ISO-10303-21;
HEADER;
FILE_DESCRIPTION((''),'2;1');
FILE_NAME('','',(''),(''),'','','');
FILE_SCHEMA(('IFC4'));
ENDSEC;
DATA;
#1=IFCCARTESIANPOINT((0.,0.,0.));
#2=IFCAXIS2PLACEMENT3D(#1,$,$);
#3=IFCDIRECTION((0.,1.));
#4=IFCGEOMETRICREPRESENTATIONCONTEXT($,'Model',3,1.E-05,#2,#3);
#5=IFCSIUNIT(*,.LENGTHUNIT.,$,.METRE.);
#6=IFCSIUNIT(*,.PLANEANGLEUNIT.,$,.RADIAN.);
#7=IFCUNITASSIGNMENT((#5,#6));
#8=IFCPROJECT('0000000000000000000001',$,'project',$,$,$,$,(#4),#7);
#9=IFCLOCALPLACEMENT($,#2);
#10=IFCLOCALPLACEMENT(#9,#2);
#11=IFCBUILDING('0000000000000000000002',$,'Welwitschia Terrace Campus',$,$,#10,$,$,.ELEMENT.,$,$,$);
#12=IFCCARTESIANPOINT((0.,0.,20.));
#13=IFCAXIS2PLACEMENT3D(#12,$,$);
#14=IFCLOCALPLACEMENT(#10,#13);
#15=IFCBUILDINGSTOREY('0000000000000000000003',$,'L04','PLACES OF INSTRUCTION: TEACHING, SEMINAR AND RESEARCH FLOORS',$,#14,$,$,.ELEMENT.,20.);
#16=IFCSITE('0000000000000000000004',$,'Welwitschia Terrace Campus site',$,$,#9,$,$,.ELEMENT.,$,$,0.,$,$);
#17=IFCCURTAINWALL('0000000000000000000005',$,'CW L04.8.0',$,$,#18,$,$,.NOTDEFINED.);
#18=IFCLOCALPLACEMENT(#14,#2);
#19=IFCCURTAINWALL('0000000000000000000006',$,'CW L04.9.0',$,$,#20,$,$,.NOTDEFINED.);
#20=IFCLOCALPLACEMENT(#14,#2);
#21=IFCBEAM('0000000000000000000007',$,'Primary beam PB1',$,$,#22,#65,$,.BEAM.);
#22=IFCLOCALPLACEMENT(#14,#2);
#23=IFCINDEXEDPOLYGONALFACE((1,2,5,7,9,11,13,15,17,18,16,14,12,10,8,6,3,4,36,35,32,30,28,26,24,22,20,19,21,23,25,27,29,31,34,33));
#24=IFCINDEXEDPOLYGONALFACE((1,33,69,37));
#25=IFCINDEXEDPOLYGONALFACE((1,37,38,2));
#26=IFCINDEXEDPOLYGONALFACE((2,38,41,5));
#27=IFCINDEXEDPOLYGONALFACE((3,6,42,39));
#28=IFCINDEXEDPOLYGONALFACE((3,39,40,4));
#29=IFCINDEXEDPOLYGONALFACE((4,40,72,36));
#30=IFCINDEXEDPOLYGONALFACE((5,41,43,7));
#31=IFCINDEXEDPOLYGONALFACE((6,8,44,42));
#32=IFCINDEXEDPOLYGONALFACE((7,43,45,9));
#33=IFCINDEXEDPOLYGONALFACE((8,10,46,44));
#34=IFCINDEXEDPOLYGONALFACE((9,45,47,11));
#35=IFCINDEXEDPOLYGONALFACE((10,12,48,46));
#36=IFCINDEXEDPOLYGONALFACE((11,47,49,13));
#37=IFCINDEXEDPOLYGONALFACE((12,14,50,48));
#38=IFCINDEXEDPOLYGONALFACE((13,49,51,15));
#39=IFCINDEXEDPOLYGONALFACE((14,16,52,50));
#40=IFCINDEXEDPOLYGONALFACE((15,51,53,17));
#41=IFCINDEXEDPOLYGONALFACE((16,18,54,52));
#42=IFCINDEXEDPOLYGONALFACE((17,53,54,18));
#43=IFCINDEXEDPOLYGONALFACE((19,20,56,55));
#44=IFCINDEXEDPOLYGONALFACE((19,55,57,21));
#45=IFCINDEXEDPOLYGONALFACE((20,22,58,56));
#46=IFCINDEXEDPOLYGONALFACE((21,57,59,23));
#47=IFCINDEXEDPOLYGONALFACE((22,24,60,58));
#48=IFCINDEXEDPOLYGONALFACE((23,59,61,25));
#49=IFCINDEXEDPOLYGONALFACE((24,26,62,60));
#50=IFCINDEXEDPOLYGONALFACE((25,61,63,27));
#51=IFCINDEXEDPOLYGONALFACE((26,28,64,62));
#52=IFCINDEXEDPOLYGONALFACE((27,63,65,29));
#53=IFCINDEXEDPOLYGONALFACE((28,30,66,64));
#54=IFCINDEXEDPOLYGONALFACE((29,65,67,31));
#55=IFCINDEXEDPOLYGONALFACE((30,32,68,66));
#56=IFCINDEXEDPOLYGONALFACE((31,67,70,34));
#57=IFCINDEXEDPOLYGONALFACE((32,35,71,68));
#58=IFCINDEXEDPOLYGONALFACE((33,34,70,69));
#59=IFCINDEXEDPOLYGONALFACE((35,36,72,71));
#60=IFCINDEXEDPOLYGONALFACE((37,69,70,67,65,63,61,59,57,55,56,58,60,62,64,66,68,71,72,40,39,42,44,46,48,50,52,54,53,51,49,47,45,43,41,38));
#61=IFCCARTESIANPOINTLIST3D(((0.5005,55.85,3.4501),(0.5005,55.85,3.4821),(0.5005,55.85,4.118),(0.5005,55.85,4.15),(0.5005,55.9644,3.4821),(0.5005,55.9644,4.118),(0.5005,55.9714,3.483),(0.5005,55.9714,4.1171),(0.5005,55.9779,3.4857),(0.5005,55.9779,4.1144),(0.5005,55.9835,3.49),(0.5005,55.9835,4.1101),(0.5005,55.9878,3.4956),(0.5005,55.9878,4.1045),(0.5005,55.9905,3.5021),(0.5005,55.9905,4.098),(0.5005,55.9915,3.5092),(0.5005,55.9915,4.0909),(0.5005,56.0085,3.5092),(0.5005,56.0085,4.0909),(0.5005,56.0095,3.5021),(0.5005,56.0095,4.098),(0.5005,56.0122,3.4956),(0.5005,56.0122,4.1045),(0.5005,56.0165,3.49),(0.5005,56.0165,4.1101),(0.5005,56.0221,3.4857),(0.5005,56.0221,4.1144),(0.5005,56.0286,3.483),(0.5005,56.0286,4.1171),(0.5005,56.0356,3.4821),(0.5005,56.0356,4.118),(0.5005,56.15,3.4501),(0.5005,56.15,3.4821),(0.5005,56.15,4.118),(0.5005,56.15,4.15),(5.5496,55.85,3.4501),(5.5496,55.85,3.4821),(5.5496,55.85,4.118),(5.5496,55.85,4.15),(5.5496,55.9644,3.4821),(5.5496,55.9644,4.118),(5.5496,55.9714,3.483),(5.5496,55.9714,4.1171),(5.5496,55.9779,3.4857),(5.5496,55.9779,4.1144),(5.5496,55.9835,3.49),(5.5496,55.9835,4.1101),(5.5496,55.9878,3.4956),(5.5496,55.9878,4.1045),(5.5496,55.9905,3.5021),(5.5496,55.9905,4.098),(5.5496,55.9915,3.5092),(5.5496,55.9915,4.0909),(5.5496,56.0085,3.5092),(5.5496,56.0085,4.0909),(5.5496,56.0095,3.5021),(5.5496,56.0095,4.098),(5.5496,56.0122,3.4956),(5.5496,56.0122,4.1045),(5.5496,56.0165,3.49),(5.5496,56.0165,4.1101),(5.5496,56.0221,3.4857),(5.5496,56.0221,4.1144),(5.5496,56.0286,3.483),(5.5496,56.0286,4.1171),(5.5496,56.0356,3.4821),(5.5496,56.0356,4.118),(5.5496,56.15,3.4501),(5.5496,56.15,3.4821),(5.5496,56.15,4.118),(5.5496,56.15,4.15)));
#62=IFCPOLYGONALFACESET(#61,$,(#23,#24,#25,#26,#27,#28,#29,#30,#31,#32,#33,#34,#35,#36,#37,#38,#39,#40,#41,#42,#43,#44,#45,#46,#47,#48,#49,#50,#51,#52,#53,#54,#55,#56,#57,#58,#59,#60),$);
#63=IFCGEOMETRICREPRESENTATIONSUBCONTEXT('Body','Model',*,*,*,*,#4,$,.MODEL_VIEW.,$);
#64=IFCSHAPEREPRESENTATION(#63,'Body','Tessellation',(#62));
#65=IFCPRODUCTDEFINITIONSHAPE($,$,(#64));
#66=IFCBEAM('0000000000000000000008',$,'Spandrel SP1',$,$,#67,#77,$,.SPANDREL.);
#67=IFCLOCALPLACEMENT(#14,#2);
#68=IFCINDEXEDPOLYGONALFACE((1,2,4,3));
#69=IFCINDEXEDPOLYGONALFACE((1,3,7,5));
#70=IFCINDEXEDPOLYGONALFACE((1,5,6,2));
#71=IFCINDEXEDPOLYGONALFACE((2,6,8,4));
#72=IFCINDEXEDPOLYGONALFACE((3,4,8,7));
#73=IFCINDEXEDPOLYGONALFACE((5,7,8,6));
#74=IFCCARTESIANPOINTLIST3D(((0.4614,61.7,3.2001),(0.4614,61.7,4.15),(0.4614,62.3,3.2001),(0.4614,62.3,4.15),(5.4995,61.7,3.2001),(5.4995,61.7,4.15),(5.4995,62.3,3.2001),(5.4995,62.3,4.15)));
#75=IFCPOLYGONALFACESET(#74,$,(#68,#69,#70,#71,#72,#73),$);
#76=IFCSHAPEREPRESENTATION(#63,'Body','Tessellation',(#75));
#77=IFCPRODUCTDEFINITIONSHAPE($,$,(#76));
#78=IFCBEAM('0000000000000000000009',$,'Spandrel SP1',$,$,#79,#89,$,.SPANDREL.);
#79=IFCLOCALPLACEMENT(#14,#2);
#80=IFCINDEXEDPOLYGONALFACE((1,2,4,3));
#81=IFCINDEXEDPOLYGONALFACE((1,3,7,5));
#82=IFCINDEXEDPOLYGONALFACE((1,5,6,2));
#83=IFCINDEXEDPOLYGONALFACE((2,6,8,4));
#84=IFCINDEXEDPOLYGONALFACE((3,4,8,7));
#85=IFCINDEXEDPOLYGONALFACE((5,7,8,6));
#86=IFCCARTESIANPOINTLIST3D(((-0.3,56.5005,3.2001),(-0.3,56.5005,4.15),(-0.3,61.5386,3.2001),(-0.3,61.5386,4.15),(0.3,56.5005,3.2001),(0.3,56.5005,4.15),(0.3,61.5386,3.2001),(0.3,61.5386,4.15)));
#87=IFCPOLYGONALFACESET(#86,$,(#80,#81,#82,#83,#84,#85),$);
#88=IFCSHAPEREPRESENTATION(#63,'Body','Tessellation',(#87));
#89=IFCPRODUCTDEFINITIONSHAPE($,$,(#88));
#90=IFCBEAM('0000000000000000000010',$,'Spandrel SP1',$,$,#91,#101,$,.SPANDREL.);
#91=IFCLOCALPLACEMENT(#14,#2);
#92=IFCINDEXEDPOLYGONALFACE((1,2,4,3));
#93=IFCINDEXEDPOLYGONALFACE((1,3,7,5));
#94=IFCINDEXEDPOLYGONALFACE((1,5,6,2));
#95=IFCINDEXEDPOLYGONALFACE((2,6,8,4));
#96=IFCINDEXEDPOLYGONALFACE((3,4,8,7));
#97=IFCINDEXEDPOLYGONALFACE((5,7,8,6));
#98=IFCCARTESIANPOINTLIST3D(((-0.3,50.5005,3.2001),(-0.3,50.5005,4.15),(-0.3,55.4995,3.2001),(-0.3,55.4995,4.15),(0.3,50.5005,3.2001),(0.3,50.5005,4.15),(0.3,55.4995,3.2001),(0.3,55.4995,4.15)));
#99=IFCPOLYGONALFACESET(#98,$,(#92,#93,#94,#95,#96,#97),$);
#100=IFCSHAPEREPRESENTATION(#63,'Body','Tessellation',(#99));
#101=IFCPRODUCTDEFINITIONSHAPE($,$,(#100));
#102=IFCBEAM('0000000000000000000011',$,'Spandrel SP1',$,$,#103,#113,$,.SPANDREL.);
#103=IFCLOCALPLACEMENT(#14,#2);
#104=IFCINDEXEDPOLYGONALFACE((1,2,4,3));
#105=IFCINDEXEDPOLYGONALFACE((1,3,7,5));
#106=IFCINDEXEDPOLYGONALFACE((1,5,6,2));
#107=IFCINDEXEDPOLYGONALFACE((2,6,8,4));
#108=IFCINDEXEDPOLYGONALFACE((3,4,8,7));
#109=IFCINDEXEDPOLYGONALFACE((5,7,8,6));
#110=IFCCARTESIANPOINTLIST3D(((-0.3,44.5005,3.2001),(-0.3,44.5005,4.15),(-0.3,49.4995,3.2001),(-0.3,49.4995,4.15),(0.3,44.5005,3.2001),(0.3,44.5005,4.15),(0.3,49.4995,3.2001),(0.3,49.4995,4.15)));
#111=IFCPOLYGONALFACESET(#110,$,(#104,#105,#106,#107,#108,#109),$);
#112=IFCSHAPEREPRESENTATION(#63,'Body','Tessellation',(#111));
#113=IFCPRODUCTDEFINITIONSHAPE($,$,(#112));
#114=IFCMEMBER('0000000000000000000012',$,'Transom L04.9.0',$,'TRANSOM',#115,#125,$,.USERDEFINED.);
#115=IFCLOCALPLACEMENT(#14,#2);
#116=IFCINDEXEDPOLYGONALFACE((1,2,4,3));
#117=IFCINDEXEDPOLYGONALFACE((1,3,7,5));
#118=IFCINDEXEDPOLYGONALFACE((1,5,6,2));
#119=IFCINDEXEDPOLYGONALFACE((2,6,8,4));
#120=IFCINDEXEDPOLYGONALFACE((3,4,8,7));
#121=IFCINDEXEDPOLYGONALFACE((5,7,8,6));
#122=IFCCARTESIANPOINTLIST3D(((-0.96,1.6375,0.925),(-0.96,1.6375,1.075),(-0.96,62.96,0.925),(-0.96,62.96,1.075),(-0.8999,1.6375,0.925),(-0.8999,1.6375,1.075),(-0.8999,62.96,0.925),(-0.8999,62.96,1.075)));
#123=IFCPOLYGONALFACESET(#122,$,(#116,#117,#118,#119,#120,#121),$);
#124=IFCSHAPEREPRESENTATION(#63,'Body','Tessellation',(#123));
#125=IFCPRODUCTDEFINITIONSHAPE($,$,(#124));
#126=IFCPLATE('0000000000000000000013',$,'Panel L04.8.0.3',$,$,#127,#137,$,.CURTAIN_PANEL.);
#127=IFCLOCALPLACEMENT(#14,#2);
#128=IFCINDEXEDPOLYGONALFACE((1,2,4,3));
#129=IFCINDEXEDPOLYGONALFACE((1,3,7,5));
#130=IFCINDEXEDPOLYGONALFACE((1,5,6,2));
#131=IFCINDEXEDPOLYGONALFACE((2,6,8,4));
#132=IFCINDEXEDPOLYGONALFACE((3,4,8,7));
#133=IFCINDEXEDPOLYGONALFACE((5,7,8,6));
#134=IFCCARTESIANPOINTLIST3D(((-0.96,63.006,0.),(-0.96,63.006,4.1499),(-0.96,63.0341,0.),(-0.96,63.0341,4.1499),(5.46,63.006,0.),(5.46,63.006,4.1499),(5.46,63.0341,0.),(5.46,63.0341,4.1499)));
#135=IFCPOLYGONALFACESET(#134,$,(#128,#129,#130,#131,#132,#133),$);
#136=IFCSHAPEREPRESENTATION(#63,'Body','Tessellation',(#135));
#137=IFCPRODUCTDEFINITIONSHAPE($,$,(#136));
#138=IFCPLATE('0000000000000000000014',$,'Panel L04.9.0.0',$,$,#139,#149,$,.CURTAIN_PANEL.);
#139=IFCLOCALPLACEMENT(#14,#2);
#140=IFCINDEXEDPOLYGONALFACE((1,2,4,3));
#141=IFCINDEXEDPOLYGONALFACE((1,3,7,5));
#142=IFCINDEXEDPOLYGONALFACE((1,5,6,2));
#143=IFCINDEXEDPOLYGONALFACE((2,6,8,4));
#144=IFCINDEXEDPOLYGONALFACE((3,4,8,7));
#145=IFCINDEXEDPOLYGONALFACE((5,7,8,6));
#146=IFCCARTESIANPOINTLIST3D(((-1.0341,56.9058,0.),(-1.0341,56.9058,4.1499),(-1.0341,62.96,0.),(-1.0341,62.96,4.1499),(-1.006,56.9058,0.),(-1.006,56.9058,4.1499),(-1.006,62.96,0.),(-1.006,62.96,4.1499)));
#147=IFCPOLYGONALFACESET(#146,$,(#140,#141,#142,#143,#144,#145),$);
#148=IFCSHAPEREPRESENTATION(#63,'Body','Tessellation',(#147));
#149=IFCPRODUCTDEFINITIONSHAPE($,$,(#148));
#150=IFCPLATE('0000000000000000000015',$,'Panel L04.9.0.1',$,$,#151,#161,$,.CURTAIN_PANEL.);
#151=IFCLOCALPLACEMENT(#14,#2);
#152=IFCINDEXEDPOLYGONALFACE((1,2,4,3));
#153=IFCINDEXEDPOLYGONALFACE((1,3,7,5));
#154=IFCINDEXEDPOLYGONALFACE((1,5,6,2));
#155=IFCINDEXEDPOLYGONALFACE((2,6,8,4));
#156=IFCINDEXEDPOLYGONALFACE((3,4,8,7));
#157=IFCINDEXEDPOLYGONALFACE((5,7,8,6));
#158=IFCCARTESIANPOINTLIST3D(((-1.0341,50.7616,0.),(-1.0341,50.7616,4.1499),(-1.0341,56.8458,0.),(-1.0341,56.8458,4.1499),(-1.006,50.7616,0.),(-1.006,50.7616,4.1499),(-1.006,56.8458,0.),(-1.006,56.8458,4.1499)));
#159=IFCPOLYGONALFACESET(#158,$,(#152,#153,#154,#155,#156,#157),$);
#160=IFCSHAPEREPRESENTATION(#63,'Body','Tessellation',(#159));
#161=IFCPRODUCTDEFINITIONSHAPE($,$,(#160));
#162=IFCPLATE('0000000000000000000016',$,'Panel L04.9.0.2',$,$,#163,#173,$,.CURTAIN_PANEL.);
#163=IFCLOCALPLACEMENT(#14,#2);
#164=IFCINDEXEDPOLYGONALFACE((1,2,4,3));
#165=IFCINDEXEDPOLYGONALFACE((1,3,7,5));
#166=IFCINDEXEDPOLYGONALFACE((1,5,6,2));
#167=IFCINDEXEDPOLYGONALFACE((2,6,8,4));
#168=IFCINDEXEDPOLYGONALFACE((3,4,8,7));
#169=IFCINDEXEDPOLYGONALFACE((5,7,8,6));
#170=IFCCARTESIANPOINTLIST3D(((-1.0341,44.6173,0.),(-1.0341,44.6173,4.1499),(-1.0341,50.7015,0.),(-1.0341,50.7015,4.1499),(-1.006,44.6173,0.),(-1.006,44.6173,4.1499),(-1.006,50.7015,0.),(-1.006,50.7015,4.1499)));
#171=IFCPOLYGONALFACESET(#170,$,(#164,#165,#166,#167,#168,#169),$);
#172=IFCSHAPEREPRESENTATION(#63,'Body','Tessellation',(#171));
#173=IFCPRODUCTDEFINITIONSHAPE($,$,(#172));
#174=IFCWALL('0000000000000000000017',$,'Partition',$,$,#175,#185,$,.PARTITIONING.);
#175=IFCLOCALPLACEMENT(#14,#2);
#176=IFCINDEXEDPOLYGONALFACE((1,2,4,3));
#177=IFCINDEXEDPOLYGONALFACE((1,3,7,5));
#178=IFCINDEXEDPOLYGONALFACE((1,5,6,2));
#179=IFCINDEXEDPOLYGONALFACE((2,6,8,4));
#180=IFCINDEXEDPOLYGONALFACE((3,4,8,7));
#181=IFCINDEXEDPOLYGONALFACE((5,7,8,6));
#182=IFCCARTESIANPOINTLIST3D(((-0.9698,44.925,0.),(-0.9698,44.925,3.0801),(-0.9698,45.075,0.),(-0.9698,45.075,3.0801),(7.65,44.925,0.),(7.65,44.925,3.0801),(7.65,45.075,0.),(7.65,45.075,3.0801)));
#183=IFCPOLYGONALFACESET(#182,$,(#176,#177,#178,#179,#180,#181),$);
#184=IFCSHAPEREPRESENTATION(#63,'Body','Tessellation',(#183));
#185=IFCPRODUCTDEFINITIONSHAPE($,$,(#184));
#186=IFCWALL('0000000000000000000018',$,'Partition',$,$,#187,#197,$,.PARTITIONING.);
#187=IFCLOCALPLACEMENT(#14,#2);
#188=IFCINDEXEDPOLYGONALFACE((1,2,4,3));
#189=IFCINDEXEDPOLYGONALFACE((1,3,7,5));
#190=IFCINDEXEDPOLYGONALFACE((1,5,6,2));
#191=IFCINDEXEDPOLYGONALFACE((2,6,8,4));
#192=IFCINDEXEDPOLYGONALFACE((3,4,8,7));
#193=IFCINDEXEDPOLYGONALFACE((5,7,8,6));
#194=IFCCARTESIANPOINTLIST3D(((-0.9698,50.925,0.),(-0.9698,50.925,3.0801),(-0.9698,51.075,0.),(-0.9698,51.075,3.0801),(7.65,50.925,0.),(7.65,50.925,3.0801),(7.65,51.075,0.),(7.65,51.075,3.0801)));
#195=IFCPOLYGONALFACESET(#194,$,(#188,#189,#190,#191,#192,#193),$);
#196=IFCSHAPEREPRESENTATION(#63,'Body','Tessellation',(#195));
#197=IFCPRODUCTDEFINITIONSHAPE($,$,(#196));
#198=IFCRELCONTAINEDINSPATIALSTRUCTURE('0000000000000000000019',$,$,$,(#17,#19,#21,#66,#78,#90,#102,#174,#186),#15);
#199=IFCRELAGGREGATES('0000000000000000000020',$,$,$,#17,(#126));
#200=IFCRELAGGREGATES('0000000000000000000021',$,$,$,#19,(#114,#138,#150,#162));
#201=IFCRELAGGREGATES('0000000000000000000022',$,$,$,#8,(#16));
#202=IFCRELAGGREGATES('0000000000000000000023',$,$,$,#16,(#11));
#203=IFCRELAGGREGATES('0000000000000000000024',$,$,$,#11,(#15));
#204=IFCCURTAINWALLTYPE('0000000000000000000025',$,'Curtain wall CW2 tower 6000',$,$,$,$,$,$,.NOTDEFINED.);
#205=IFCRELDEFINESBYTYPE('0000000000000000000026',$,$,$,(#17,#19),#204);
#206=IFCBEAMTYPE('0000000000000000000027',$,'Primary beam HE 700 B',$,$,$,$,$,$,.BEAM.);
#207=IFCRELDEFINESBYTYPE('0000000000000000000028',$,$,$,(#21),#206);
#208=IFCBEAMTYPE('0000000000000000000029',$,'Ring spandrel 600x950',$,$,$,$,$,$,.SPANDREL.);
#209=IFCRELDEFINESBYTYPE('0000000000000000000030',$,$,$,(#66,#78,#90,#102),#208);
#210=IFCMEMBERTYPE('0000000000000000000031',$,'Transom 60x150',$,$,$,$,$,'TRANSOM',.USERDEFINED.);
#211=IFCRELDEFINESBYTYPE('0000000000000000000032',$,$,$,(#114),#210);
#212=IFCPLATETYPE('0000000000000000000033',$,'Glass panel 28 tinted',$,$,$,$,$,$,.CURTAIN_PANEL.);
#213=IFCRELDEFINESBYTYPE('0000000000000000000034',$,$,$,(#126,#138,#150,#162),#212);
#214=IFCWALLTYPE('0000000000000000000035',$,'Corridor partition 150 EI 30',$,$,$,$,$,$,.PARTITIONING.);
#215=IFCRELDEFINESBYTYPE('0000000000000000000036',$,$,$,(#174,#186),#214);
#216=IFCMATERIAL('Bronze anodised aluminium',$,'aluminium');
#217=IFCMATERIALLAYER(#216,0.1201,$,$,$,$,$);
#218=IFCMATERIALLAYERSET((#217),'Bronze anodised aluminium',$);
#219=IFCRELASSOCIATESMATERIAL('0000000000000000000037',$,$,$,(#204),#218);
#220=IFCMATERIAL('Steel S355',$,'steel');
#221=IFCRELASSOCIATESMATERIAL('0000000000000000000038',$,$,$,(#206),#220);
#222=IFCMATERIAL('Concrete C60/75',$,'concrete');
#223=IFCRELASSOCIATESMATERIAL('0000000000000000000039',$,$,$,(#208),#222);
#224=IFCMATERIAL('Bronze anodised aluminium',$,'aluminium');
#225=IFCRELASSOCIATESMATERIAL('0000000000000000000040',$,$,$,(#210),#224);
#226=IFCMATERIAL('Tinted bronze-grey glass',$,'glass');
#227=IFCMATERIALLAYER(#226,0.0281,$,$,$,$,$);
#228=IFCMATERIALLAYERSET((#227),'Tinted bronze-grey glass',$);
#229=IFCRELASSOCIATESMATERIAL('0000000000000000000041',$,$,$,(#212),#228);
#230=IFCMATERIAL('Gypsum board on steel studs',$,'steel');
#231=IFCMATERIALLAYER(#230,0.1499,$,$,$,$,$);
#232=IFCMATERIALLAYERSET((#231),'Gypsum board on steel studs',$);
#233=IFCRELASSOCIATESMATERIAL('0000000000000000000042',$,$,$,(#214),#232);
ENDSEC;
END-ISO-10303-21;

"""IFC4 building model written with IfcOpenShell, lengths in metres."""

from ifc_helpers import new_model, si_unit, direction, frame, frame_2d, origin, origin_2d, place, context, subcontext, project, spatial, rectangle, i_section, extrude, material, layer, layer_set, material_profile, profile_set, type_object, element, aggregate, save


model = new_model("IFC4")

# Units and contexts
model_context = context("Model", 3, precision=1e-05, world=origin(), true_north=direction((0.0, 1.0)))
body_context = subcontext(model_context, "Body", "Model", "MODEL_VIEW")
ifc_project = project(units=[si_unit("LENGTHUNIT", "METRE"), si_unit("PLANEANGLEUNIT", "RADIAN")], contexts=[model_context])

# Site, building, storey
site_placement = place(None, origin())
site = spatial("IfcSite", under=ifc_project, at=site_placement, Name="Welwitschia Terrace Campus site", CompositionType="ELEMENT", RefElevation=0.0)
building_placement = place(site_placement, origin())
building = spatial("IfcBuilding", under=site, at=building_placement, Name="Welwitschia Terrace Campus", CompositionType="ELEMENT")
storey_placement = place(building_placement, frame((0.0, 0.0, 20.0)))
storey = spatial("IfcBuildingStorey", under=building, at=storey_placement, Name="L04", Description="PLACES OF INSTRUCTION: TEACHING, SEMINAR AND RESEARCH FLOORS", CompositionType="ELEMENT", Elevation=20.0)

# Curtain walls
ifc_material_1 = material(Name="Bronze anodised aluminium", Category="aluminium")
ifc_layer_1 = layer(ifc_material_1, 0.1201)
ifc_layer_set_1 = layer_set([ifc_layer_1], Name="Bronze anodised aluminium")
curtain_wall_type = type_object("IfcCurtainWallType", Name="Curtain wall CW2 tower 6000", PredefinedType="NOTDEFINED", material=ifc_layer_set_1)
curtain_wall_1_placement = place(storey_placement, origin())
curtain_wall_1 = element("IfcCurtainWall", 1, at=curtain_wall_1_placement, inside=storey, type_object=curtain_wall_type, Name="CW L04.8.0", PredefinedType="NOTDEFINED")
curtain_wall_2_placement = place(storey_placement, origin())
curtain_wall_2 = element("IfcCurtainWall", 2, at=curtain_wall_2_placement, inside=storey, type_object=curtain_wall_type, Name="CW L04.9.0", PredefinedType="NOTDEFINED")

# Beams
ifc_material_2 = material(Name="Steel S355", Category="steel")
ifc_material_profile_1 = material_profile(ifc_material_2, i_section(OverallWidth=0.3, OverallDepth=0.7, WebThickness=0.0171, FlangeThickness=0.032, FilletRadius=0.0271, at=origin_2d()))
ifc_profile_set_1 = profile_set([ifc_material_profile_1], Name="Steel S355")
beam_type_1 = type_object("IfcBeamType", Name="Primary beam HE 700 B", PredefinedType="BEAM", material=ifc_profile_set_1)
beam_placement = place(storey_placement, frame((0.5005, 56.0, 3.8), z_axis=(1.0, 0.0, 0.0), x_axis=(0.0, 1.0, 0.0)))
element("IfcBeam", 3, at=beam_placement, inside=storey, type_object=beam_type_1, Name="Primary beam PB1", PredefinedType="BEAM", context=body_context, shape_type="SweptSolid", body=[
    extrude(i_section(OverallWidth=0.3, OverallDepth=0.7, WebThickness=0.0171, FlangeThickness=0.032, FilletRadius=0.0271, at=origin_2d()), origin(), (0.0, 0.0, 1.0), 5.0491),
])
ifc_material_3 = material(Name="Concrete C60/75", Category="concrete")
ifc_material_profile_2 = material_profile(ifc_material_3, rectangle(XDim=0.6001, YDim=0.95, at=origin_2d()))
ifc_profile_set_2 = profile_set([ifc_material_profile_2], Name="Concrete C60/75")
beam_type_2 = type_object("IfcBeamType", Name="Ring spandrel 600x950", PredefinedType="SPANDREL", material=ifc_profile_set_2)
for number, where, z_axis, x_axis, name in (
    (4, (5.4995, 62.0, 3.675), (-1.0, 0.0, 0.0), (0.0, -1.0, 0.0), "Spandrel SP1"),
    (5, (0.0, 61.5386, 3.675), (0.0, -1.0, 0.0), (1.0, 0.0, 0.0), "Spandrel SP1"),
):
    element("IfcBeam", number, at=place(storey_placement, frame(where, z_axis=z_axis, x_axis=x_axis)), inside=storey, type_object=beam_type_2, Name=name, PredefinedType="SPANDREL", context=body_context, shape_type="SweptSolid", body=[
        extrude(rectangle(XDim=0.6001, YDim=0.95, at=origin_2d()), origin(), (0.0, 0.0, 1.0), 5.0381),
    ])
for number, where, z_axis, x_axis, name in (
    (6, (0.0, 55.4995, 3.675), (0.0, -1.0, 0.0), (1.0, 0.0, 0.0), "Spandrel SP1"),
    (7, (0.0, 49.4995, 3.675), (0.0, -1.0, 0.0), (1.0, 0.0, 0.0), "Spandrel SP1"),
):
    element("IfcBeam", number, at=place(storey_placement, frame(where, z_axis=z_axis, x_axis=x_axis)), inside=storey, type_object=beam_type_2, Name=name, PredefinedType="SPANDREL", context=body_context, shape_type="SweptSolid", body=[
        extrude(rectangle(XDim=0.6001, YDim=0.95, at=origin_2d()), origin(), (0.0, 0.0, 1.0), 4.999),
    ])

# Member
ifc_material_4 = material(Name="Bronze anodised aluminium", Category="aluminium")
ifc_material_profile_3 = material_profile(ifc_material_4, rectangle(XDim=0.0601, YDim=0.1499, at=origin_2d()))
ifc_profile_set_3 = profile_set([ifc_material_profile_3], Name="Bronze anodised aluminium")
member_type_1 = type_object("IfcMemberType", Name="Transom 60x150", ElementType="TRANSOM", PredefinedType="USERDEFINED", material=ifc_profile_set_3)
member_1_placement = place(storey_placement, frame((-0.9299, 62.96, 1.0), z_axis=(0.0, -1.0, 0.0), x_axis=(1.0, 0.0, 0.0)))
member_1 = element("IfcMember", 8, at=member_1_placement, type_object=member_type_1, Name="Transom L04.9.0", ObjectType="TRANSOM", PredefinedType="USERDEFINED", context=body_context, shape_type="SweptSolid", body=[
    extrude(rectangle(XDim=0.0601, YDim=0.1499, at=origin_2d()), origin(), (0.0, 0.0, 1.0), 61.3225),
])

# Plates
ifc_material_5 = material(Name="Tinted bronze-grey glass", Category="glass")
ifc_layer_2 = layer(ifc_material_5, 0.0281)
ifc_layer_set_2 = layer_set([ifc_layer_2], Name="Tinted bronze-grey glass")
plate_type = type_object("IfcPlateType", Name="Glass panel 28 tinted", PredefinedType="CURTAIN_PANEL", material=ifc_layer_set_2)
plate_1_placement = place(storey_placement, frame((2.25, 63.02, 0.0), z_axis=(0.0, 0.0, 1.0), x_axis=(-1.0, 0.0, 0.0)))
plate_1 = element("IfcPlate", 9, at=plate_1_placement, type_object=plate_type, Name="Panel L04.8.0.3", PredefinedType="CURTAIN_PANEL", context=body_context, shape_type="SweptSolid", body=[
    extrude(rectangle(XDim=6.4199, YDim=0.0281, at=origin_2d()), origin(), (0.0, 0.0, 1.0), 4.1499),
])
aggregate(curtain_wall_1, [plate_1])
plate_2_placement = place(storey_placement, frame((-1.02, 59.9329, 0.0), z_axis=(0.0, 0.0, 1.0), x_axis=(0.0, -1.0, 0.0)))
plate_2 = element("IfcPlate", 10, at=plate_2_placement, type_object=plate_type, Name="Panel L04.9.0.0", PredefinedType="CURTAIN_PANEL", context=body_context, shape_type="SweptSolid", body=[
    extrude(rectangle(XDim=6.0542, YDim=0.0281, at=origin_2d()), origin(), (0.0, 0.0, 1.0), 4.1499),
])
plate_3_placement = place(storey_placement, frame((-1.02, 53.8037, 0.0), z_axis=(0.0, 0.0, 1.0), x_axis=(0.0, -1.0, 0.0)))
plate_3 = element("IfcPlate", 11, at=plate_3_placement, type_object=plate_type, Name="Panel L04.9.0.1", PredefinedType="CURTAIN_PANEL", context=body_context, shape_type="SweptSolid", body=[
    extrude(rectangle(XDim=6.0842, YDim=0.0281, at=origin_2d()), origin(), (0.0, 0.0, 1.0), 4.1499),
])
plate_4_placement = place(storey_placement, frame((-1.02, 47.6594, 0.0), z_axis=(0.0, 0.0, 1.0), x_axis=(0.0, -1.0, 0.0)))
plate_4 = element("IfcPlate", 12, at=plate_4_placement, type_object=plate_type, Name="Panel L04.9.0.2", PredefinedType="CURTAIN_PANEL", context=body_context, shape_type="SweptSolid", body=[
    extrude(rectangle(XDim=6.0842, YDim=0.0281, at=origin_2d()), origin(), (0.0, 0.0, 1.0), 4.1499),
])
aggregate(curtain_wall_2, [member_1, plate_2, plate_3, plate_4])

# Walls
ifc_material_6 = material(Name="Gypsum board on steel studs", Category="steel")
ifc_layer_3 = layer(ifc_material_6, 0.1499)
ifc_layer_set_3 = layer_set([ifc_layer_3], Name="Gypsum board on steel studs")
wall_type = type_object("IfcWallType", Name="Corridor partition 150 EI 30", PredefinedType="PARTITIONING", material=ifc_layer_set_3)
for number, where, z_axis, x_axis, name in (
    (13, (-0.97, 45.0, 0.0), (0.0, 0.0, 1.0), (1.0, 0.0, 0.0), "Partition"),
    (14, (-0.97, 51.0, 0.0), (0.0, 0.0, 1.0), (1.0, 0.0, 0.0), "Partition"),
):
    element("IfcWall", number, at=place(storey_placement, frame(where, z_axis=z_axis, x_axis=x_axis)), inside=storey, type_object=wall_type, Name=name, PredefinedType="PARTITIONING", context=body_context, shape_type="SweptSolid", body=[
        extrude(rectangle(XDim=8.6199, YDim=0.1499, at=frame_2d((4.3101, 0.0))), origin(), (0.0, 0.0, 1.0), 3.0801),
    ])

save(model, "model.ifc")
